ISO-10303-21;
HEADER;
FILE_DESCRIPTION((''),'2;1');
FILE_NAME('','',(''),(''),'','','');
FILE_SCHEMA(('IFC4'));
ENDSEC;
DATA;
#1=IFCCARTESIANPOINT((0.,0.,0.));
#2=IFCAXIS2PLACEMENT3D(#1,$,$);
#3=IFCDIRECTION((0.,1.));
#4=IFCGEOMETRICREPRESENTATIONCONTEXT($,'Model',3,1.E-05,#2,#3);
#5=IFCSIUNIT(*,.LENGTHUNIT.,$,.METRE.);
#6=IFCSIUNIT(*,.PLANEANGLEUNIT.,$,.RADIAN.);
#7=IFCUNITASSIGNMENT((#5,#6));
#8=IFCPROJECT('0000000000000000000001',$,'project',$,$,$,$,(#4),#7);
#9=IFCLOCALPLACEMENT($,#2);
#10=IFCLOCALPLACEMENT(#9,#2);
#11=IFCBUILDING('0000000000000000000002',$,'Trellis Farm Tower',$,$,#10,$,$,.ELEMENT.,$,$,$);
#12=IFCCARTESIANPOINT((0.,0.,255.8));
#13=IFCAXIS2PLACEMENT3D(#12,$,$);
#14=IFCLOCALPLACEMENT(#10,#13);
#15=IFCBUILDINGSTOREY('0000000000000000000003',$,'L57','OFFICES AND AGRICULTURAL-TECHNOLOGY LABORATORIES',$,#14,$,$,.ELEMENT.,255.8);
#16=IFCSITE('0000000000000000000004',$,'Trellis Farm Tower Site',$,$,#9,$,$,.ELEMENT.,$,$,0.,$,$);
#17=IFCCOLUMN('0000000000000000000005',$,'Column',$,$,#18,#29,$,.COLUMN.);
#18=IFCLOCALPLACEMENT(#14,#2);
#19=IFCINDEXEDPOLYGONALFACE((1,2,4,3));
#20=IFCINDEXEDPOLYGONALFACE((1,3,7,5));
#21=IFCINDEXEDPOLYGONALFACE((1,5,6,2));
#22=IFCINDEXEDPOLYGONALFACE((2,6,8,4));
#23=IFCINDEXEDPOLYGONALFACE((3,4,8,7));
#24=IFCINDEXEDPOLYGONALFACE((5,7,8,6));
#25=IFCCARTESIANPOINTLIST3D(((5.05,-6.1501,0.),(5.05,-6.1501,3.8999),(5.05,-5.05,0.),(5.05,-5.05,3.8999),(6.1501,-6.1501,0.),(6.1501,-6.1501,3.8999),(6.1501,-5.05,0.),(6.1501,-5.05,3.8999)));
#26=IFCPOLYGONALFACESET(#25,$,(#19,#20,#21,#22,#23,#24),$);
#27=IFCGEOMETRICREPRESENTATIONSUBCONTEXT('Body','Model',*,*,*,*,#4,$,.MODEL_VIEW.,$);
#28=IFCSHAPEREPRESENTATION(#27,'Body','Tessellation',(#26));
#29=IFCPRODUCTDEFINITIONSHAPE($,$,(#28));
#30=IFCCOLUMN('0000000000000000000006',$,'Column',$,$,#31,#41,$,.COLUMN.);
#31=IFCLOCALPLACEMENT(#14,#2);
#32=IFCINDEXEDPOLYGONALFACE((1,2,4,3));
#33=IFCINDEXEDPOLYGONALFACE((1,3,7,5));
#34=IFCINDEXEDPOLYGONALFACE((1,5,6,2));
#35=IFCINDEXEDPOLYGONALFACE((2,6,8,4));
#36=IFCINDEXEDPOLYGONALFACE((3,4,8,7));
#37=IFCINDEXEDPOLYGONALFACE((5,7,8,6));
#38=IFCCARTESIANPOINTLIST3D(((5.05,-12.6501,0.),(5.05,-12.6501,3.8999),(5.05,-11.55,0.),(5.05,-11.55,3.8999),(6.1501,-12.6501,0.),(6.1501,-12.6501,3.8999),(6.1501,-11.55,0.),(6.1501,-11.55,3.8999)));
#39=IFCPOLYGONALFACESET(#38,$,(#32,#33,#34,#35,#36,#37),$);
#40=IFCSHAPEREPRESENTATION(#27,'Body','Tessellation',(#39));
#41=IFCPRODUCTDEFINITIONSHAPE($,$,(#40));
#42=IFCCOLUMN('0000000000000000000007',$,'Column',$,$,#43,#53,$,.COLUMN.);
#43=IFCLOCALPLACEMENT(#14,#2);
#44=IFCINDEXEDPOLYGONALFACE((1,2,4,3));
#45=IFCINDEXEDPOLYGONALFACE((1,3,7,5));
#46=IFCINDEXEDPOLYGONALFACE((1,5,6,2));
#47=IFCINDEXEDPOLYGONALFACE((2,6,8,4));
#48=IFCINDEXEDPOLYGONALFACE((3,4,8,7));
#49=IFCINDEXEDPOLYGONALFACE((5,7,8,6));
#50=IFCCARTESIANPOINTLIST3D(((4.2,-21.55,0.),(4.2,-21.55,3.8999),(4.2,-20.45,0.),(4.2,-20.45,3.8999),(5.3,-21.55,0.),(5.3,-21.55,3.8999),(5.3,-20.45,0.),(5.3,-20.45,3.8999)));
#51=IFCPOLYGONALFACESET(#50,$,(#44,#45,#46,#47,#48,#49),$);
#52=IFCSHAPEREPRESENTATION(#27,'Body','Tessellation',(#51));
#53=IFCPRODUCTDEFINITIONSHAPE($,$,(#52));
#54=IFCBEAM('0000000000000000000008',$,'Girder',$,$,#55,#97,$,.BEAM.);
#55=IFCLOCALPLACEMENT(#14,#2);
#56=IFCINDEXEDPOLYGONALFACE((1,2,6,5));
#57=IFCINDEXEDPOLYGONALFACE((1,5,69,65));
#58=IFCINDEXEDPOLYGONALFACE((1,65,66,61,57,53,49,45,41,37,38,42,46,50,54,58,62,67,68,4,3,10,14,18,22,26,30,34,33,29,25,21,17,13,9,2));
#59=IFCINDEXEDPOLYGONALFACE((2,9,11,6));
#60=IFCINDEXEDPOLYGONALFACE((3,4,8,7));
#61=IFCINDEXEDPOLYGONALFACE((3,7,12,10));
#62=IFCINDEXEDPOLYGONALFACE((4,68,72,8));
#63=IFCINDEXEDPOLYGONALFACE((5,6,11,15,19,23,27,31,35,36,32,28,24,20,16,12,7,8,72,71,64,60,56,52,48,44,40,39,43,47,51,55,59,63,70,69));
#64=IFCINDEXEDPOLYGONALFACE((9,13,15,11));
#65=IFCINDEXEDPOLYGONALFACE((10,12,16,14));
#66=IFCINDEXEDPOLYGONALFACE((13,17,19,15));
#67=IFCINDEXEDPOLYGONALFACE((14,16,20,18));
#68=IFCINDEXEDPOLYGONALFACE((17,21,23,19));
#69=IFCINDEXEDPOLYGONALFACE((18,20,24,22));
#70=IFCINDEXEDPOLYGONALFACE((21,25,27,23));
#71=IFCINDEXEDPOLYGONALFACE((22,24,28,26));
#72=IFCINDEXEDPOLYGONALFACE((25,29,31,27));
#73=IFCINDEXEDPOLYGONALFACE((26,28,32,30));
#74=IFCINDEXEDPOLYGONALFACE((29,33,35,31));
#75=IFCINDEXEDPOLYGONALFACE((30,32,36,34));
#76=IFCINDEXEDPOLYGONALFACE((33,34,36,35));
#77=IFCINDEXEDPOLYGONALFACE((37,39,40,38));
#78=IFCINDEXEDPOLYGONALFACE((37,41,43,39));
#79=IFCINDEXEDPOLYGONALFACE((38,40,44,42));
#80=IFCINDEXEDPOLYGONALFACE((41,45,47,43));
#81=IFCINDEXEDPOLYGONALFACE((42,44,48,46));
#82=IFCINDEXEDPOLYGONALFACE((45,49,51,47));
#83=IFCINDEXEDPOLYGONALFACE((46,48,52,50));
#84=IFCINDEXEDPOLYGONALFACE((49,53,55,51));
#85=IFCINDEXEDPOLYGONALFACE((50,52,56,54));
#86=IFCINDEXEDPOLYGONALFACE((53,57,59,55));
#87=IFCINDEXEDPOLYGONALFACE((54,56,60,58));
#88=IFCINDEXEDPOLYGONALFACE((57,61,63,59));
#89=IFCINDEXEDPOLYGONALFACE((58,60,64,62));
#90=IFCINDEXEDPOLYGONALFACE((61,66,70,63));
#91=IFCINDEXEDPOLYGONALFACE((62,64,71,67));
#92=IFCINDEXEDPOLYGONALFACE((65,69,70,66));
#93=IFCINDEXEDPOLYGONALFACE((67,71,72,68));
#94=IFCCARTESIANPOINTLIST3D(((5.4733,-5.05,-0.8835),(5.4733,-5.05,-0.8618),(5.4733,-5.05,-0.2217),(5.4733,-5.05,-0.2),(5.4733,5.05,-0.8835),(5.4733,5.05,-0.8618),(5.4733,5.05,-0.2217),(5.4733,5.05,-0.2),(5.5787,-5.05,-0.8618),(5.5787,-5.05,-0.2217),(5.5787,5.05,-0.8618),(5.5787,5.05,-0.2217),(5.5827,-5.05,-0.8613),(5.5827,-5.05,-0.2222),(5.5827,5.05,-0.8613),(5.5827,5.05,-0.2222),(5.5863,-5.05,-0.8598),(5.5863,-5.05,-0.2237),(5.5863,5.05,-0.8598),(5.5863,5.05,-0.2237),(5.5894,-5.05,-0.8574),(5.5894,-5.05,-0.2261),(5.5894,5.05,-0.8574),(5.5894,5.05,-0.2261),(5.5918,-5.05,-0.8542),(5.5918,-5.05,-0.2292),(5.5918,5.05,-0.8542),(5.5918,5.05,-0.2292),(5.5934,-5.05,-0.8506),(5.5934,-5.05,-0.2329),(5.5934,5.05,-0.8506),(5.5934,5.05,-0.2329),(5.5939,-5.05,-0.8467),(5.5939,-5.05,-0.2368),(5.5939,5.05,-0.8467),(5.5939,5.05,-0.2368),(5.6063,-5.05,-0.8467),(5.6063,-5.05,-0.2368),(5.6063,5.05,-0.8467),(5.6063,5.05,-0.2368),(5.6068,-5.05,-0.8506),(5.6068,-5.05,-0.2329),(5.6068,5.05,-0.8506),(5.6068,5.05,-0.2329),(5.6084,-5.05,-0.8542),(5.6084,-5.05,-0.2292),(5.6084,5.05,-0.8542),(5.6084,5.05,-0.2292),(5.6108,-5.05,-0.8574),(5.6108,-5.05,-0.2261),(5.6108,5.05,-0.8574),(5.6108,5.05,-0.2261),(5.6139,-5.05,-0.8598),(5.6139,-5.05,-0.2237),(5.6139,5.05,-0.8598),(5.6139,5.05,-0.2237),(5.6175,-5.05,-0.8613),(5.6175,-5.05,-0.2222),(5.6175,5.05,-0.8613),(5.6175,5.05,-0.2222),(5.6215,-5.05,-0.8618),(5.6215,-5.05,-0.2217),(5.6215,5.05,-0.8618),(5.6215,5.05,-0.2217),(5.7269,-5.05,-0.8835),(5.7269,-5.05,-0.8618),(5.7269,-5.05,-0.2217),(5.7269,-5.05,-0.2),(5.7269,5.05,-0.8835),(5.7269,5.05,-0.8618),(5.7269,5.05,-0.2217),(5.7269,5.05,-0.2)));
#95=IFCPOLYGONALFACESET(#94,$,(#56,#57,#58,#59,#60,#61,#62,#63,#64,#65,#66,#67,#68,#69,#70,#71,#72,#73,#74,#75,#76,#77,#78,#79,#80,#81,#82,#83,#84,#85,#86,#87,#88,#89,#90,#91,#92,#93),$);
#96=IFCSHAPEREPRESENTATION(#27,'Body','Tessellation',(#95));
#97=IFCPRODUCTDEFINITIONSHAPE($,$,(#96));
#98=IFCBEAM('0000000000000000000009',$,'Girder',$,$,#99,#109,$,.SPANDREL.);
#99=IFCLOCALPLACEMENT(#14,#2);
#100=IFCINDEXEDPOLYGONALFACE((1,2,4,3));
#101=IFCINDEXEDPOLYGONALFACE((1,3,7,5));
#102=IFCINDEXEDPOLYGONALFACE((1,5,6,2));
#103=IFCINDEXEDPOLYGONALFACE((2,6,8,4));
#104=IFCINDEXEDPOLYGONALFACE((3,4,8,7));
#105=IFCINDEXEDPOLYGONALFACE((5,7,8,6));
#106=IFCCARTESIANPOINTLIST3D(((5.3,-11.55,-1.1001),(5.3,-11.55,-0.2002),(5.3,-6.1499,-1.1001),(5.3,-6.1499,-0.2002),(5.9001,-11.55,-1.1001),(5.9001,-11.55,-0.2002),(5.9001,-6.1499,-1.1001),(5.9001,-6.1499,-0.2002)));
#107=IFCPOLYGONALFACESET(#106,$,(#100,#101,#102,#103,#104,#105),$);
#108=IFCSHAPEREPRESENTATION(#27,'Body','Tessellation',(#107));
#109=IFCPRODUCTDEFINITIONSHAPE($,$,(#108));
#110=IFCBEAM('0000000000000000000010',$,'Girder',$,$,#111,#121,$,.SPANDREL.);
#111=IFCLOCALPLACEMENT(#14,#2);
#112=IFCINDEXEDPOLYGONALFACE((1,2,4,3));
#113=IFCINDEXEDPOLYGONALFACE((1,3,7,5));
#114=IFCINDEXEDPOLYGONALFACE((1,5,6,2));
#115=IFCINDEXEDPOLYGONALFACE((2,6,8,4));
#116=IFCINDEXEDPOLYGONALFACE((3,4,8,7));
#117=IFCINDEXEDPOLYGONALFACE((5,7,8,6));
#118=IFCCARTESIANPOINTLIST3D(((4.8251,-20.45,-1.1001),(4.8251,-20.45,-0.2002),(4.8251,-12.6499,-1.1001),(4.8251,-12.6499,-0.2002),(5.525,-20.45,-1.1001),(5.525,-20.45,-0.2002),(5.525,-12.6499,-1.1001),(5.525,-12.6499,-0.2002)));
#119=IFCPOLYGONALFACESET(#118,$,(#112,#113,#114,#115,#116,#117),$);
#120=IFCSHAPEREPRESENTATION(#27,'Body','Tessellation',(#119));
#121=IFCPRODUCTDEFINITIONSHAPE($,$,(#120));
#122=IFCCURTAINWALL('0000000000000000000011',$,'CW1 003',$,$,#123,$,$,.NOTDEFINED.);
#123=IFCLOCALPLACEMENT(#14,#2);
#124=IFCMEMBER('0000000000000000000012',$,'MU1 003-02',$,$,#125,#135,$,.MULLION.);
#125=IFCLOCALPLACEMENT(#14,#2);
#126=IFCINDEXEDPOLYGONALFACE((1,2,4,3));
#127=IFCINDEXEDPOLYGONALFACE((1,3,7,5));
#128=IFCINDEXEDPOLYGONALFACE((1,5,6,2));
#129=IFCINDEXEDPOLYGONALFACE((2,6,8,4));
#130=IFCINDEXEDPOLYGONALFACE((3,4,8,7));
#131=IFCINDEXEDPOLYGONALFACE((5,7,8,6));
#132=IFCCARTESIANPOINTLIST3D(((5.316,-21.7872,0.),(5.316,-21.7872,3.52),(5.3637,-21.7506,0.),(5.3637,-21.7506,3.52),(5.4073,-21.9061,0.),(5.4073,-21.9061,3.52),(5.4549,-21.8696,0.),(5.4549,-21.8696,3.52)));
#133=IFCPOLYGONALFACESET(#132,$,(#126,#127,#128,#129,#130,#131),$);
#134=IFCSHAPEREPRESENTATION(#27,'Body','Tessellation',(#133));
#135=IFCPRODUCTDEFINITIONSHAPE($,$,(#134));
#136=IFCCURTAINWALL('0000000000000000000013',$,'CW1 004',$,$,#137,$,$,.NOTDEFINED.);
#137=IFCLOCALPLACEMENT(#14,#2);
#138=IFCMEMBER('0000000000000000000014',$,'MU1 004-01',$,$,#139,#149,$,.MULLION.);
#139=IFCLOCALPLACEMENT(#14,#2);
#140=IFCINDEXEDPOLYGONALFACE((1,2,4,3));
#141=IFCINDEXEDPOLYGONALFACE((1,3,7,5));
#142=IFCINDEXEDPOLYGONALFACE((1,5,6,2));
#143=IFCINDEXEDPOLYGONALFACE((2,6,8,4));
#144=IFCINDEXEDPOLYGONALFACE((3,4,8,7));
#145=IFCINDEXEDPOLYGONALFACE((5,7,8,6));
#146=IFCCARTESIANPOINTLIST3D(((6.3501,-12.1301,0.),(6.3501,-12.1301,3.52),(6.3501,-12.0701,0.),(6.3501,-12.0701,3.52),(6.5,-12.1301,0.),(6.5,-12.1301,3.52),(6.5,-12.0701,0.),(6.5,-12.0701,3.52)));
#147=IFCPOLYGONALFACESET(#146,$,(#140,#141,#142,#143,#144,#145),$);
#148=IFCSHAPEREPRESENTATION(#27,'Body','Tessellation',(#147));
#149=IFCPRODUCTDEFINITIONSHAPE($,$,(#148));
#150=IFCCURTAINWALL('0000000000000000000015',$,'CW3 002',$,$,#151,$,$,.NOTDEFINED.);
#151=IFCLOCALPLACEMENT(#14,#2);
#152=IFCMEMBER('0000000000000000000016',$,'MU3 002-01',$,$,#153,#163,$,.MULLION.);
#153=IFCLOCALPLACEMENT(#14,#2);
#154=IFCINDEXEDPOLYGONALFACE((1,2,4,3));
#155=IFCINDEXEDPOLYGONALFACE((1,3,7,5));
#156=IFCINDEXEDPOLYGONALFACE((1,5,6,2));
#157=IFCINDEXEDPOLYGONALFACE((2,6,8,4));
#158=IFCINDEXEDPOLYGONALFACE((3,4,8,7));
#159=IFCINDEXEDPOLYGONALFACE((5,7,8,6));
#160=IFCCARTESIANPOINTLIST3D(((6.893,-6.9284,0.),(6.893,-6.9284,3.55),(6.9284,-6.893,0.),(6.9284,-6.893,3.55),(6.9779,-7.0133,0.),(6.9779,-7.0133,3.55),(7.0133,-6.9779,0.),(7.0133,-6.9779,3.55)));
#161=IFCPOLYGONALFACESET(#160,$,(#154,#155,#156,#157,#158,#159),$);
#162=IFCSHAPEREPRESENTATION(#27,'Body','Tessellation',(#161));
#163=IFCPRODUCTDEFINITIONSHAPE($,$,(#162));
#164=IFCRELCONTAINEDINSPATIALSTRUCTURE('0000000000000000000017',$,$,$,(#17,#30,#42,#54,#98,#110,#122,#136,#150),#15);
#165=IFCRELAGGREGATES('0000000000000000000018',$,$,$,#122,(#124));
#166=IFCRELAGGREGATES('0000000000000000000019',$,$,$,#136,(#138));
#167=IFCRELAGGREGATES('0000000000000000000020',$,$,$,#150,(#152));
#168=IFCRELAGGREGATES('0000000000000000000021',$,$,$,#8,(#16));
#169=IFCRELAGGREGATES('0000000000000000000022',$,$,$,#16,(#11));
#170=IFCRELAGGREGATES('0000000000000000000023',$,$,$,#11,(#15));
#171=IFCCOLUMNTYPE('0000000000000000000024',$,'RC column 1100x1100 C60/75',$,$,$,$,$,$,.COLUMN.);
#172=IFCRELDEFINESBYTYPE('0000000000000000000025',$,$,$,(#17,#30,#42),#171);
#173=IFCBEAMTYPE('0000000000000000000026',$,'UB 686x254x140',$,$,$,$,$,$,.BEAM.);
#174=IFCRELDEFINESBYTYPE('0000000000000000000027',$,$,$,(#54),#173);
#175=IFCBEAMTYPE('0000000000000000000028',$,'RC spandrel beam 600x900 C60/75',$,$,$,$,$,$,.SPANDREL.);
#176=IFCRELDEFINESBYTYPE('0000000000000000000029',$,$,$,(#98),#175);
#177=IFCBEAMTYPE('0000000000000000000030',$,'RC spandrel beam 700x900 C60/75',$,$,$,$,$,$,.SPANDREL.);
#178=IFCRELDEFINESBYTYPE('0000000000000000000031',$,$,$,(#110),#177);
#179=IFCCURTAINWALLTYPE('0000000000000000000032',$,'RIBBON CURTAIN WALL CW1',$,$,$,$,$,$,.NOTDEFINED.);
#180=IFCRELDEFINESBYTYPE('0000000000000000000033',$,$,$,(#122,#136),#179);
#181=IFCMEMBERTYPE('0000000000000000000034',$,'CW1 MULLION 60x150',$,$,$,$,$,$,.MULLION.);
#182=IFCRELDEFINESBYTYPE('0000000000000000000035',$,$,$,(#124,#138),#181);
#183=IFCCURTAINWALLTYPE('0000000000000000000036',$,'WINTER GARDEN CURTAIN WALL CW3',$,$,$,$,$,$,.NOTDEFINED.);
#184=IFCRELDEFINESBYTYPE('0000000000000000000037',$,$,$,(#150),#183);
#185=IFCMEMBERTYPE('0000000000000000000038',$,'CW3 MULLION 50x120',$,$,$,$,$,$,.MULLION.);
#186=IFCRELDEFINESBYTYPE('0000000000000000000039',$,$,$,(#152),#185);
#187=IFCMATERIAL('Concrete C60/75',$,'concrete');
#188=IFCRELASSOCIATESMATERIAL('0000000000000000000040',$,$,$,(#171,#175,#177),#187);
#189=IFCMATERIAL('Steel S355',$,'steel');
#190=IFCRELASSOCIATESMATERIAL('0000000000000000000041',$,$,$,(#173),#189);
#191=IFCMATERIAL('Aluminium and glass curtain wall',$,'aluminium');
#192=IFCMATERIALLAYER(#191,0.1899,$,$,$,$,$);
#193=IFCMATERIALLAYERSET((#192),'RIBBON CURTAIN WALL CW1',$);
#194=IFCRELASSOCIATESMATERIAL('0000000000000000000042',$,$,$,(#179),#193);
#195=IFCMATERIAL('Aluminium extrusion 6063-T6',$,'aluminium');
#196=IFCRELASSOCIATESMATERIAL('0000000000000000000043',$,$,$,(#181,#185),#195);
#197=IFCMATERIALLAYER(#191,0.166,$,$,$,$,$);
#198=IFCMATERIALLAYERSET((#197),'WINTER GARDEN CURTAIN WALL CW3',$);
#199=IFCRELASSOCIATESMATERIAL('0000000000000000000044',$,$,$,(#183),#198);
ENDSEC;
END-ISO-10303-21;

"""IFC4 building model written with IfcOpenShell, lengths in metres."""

from ifc_helpers import new_model, si_unit, direction, frame, origin, origin_2d, place, context, subcontext, project, spatial, rectangle, i_section, extrude, source, transform, mapped, material, layer, layer_set, material_profile, profile_set, type_object, element, aggregate, save


model = new_model("IFC4")

# Units and contexts
model_context = context("Model", 3, precision=1e-05, world=origin(), true_north=direction((0.0, 1.0)))
body_context = subcontext(model_context, "Body", "Model", "MODEL_VIEW")
ifc_project = project(units=[si_unit("LENGTHUNIT", "METRE"), si_unit("PLANEANGLEUNIT", "RADIAN")], contexts=[model_context])

# Site, building, storey
site_placement = place(None, origin())
site = spatial("IfcSite", under=ifc_project, at=site_placement, Name="Trellis Farm Tower Site", CompositionType="ELEMENT", RefElevation=0.0)
building_placement = place(site_placement, origin())
building = spatial("IfcBuilding", under=site, at=building_placement, Name="Trellis Farm Tower", CompositionType="ELEMENT")
storey_placement = place(building_placement, frame((0.0, 0.0, 255.8)))
storey = spatial("IfcBuildingStorey", under=building, at=storey_placement, Name="L57", Description="OFFICES AND AGRICULTURAL-TECHNOLOGY LABORATORIES", CompositionType="ELEMENT", Elevation=255.8)

# Columns
ifc_material_1 = material(Name="Concrete C60/75", Category="concrete")
ifc_material_profile_1 = material_profile(ifc_material_1, rectangle(XDim=1.1001, YDim=1.1001, at=origin_2d()), Name="RC column 1100x1100 C60/75")
ifc_profile_set_1 = profile_set([ifc_material_profile_1], Name="Concrete C60/75")
column_type = type_object("IfcColumnType", Name="RC column 1100x1100 C60/75", PredefinedType="COLUMN", material=ifc_profile_set_1)
shared_shape_1 = source(origin(), body_context, "Body", "SweptSolid", [
    extrude(rectangle(XDim=1.1001, YDim=1.1001, at=origin_2d()), origin(), (0.0, 0.0, 1.0), 3.8999),
])
for number, where, z_axis, x_axis, name in (
    (1, (5.6001, -5.6001, 0.0), (0.0, 0.0, 1.0), (1.0, 0.0, 0.0), "Column"),
    (2, (5.6001, -12.1001, 0.0), (0.0, 0.0, 1.0), (1.0, 0.0, 0.0), "Column"),
    (3, (4.75, -21.0, 0.0), (0.0, 0.0, 1.0), (1.0, 0.0, 0.0), "Column"),
):
    element("IfcColumn", number, at=place(storey_placement, frame(where, z_axis=z_axis, x_axis=x_axis)), inside=storey, type_object=column_type, Name=name, PredefinedType="COLUMN", context=body_context, shape_type="MappedRepresentation", body=[
        mapped(shared_shape_1, transform((0.0, 0.0, 0.0))),
    ])

# Beams
ifc_material_2 = material(Name="Steel S355", Category="steel")
ifc_material_profile_2 = material_profile(ifc_material_2, i_section(OverallWidth=0.2537, OverallDepth=0.6836, WebThickness=0.0125, FlangeThickness=0.0217, FilletRadius=0.0151, at=origin_2d()), Name="UB 686x254x140")
ifc_profile_set_2 = profile_set([ifc_material_profile_2], Name="Steel S355")
beam_type_1 = type_object("IfcBeamType", Name="UB 686x254x140", PredefinedType="BEAM", material=ifc_profile_set_2)
shared_shape_2 = source(origin(), body_context, "Body", "SweptSolid", [
    extrude(i_section(OverallWidth=0.2537, OverallDepth=0.6836, WebThickness=0.0125, FlangeThickness=0.0217, FilletRadius=0.0151, at=origin_2d()), origin(), (0.0, 0.0, 1.0), 10.1001),
])
beam_1_placement = place(storey_placement, frame((5.6001, -5.05, -0.5417), z_axis=(0.0, 1.0, 0.0), x_axis=(-1.0, 0.0, 0.0)))
element("IfcBeam", 4, at=beam_1_placement, inside=storey, type_object=beam_type_1, Name="Girder", PredefinedType="BEAM", context=body_context, shape_type="MappedRepresentation", body=[
    mapped(shared_shape_2, transform((0.0, 0.0, 0.0))),
])
ifc_material_profile_3 = material_profile(ifc_material_1, rectangle(XDim=0.6001, YDim=0.8999, at=origin_2d()), Name="RC spandrel beam 600x900 C60/75")
ifc_profile_set_3 = profile_set([ifc_material_profile_3], Name="Concrete C60/75")
beam_type_2 = type_object("IfcBeamType", Name="RC spandrel beam 600x900 C60/75", PredefinedType="SPANDREL", material=ifc_profile_set_3)
shared_shape_3 = source(origin(), body_context, "Body", "SweptSolid", [
    extrude(rectangle(XDim=0.6001, YDim=0.8999, at=origin_2d()), origin(), (0.0, 0.0, 1.0), 5.4001),
])
beam_2_placement = place(storey_placement, frame((5.6001, -11.55, -0.6501), z_axis=(0.0, 1.0, 0.0), x_axis=(-1.0, 0.0, 0.0)))
element("IfcBeam", 5, at=beam_2_placement, inside=storey, type_object=beam_type_2, Name="Girder", PredefinedType="SPANDREL", context=body_context, shape_type="MappedRepresentation", body=[
    mapped(shared_shape_3, transform((0.0, 0.0, 0.0))),
])
ifc_material_profile_4 = material_profile(ifc_material_1, rectangle(XDim=0.7, YDim=0.8999, at=origin_2d()), Name="RC spandrel beam 700x900 C60/75")
ifc_profile_set_4 = profile_set([ifc_material_profile_4], Name="Concrete C60/75")
beam_type_3 = type_object("IfcBeamType", Name="RC spandrel beam 700x900 C60/75", PredefinedType="SPANDREL", material=ifc_profile_set_4)
shared_shape_4 = source(origin(), body_context, "Body", "SweptSolid", [
    extrude(rectangle(XDim=0.7, YDim=0.8999, at=origin_2d()), origin(), (0.0, 0.0, 1.0), 7.8),
])
beam_3_placement = place(storey_placement, frame((5.175, -20.45, -0.6501), z_axis=(0.0, 1.0, 0.0), x_axis=(-1.0, 0.0, 0.0)))
element("IfcBeam", 6, at=beam_3_placement, inside=storey, type_object=beam_type_3, Name="Girder", PredefinedType="SPANDREL", context=body_context, shape_type="MappedRepresentation", body=[
    mapped(shared_shape_4, transform((0.0, 0.0, 0.0))),
])

# Curtain walls, members
ifc_material_3 = material(Name="Aluminium and glass curtain wall", Category="aluminium")
ifc_layer_1 = layer(ifc_material_3, 0.1899)
ifc_layer_set_1 = layer_set([ifc_layer_1], Name="RIBBON CURTAIN WALL CW1")
curtain_wall_type_1 = type_object("IfcCurtainWallType", Name="RIBBON CURTAIN WALL CW1", PredefinedType="NOTDEFINED", material=ifc_layer_set_1)
placement = place(storey_placement, origin())
curtain_wall_1 = element("IfcCurtainWall", 7, at=placement, inside=storey, type_object=curtain_wall_type_1, Name="CW1 003", PredefinedType="NOTDEFINED")
ifc_material_4 = material(Name="Aluminium extrusion 6063-T6", Category="aluminium")
ifc_material_profile_5 = material_profile(ifc_material_4, rectangle(XDim=0.0601, YDim=0.1499, at=origin_2d()), Name="MULLION 60x150")
ifc_profile_set_5 = profile_set([ifc_material_profile_5], Name="Aluminium extrusion 6063-T6")
member_type_1 = type_object("IfcMemberType", Name="CW1 MULLION 60x150", PredefinedType="MULLION", material=ifc_profile_set_5)
shared_shape_5 = source(origin(), body_context, "Body", "SweptSolid", [
    extrude(rectangle(XDim=0.0601, YDim=0.1499, at=origin_2d()), origin(), (0.0, 0.0, 1.0), 3.52),
])
member_1_placement = place(storey_placement, frame((5.3855, -21.8284, 0.0), z_axis=(0.0, 0.0, 1.0), x_axis=(0.793353, 0.608761, 0.0)))
member_1 = element("IfcMember", 8, at=member_1_placement, type_object=member_type_1, Name="MU1 003-02", PredefinedType="MULLION", context=body_context, shape_type="MappedRepresentation", body=[
    mapped(shared_shape_5, transform((0.0, 0.0, 0.0))),
])
aggregate(curtain_wall_1, [member_1])
curtain_wall_2 = element("IfcCurtainWall", 9, at=placement, inside=storey, type_object=curtain_wall_type_1, Name="CW1 004", PredefinedType="NOTDEFINED")
member_2_placement = place(storey_placement, frame((6.425, -12.1001, 0.0), z_axis=(0.0, 0.0, 1.0), x_axis=(0.0, 1.0, 0.0)))
member_2 = element("IfcMember", 10, at=member_2_placement, type_object=member_type_1, Name="MU1 004-01", PredefinedType="MULLION", context=body_context, shape_type="MappedRepresentation", body=[
    mapped(shared_shape_5, transform((0.0, 0.0, 0.0))),
])
aggregate(curtain_wall_2, [member_2])
ifc_layer_2 = layer(ifc_material_3, 0.166)
ifc_layer_set_2 = layer_set([ifc_layer_2], Name="WINTER GARDEN CURTAIN WALL CW3")
curtain_wall_type_2 = type_object("IfcCurtainWallType", Name="WINTER GARDEN CURTAIN WALL CW3", PredefinedType="NOTDEFINED", material=ifc_layer_set_2)
curtain_wall_3 = element("IfcCurtainWall", 11, at=placement, inside=storey, type_object=curtain_wall_type_2, Name="CW3 002", PredefinedType="NOTDEFINED")
ifc_material_profile_6 = material_profile(ifc_material_4, rectangle(XDim=0.05, YDim=0.1201, at=origin_2d()), Name="MULLION 50x120")
ifc_profile_set_6 = profile_set([ifc_material_profile_6], Name="Aluminium extrusion 6063-T6")
member_type_2 = type_object("IfcMemberType", Name="CW3 MULLION 50x120", PredefinedType="MULLION", material=ifc_profile_set_6)
shared_shape_6 = source(origin(), body_context, "Body", "SweptSolid", [
    extrude(rectangle(XDim=0.05, YDim=0.1201, at=origin_2d()), origin(), (0.0, 0.0, 1.0), 3.55),
])
member_3_placement = place(storey_placement, frame((6.9531, -6.9531, 0.0), z_axis=(0.0, 0.0, 1.0), x_axis=(0.707107, 0.707107, 0.0)))
member_3 = element("IfcMember", 12, at=member_3_placement, type_object=member_type_2, Name="MU3 002-01", PredefinedType="MULLION", context=body_context, shape_type="MappedRepresentation", body=[
    mapped(shared_shape_6, transform((0.0, 0.0, 0.0))),
])
aggregate(curtain_wall_3, [member_3])

save(model, "model.ifc")
